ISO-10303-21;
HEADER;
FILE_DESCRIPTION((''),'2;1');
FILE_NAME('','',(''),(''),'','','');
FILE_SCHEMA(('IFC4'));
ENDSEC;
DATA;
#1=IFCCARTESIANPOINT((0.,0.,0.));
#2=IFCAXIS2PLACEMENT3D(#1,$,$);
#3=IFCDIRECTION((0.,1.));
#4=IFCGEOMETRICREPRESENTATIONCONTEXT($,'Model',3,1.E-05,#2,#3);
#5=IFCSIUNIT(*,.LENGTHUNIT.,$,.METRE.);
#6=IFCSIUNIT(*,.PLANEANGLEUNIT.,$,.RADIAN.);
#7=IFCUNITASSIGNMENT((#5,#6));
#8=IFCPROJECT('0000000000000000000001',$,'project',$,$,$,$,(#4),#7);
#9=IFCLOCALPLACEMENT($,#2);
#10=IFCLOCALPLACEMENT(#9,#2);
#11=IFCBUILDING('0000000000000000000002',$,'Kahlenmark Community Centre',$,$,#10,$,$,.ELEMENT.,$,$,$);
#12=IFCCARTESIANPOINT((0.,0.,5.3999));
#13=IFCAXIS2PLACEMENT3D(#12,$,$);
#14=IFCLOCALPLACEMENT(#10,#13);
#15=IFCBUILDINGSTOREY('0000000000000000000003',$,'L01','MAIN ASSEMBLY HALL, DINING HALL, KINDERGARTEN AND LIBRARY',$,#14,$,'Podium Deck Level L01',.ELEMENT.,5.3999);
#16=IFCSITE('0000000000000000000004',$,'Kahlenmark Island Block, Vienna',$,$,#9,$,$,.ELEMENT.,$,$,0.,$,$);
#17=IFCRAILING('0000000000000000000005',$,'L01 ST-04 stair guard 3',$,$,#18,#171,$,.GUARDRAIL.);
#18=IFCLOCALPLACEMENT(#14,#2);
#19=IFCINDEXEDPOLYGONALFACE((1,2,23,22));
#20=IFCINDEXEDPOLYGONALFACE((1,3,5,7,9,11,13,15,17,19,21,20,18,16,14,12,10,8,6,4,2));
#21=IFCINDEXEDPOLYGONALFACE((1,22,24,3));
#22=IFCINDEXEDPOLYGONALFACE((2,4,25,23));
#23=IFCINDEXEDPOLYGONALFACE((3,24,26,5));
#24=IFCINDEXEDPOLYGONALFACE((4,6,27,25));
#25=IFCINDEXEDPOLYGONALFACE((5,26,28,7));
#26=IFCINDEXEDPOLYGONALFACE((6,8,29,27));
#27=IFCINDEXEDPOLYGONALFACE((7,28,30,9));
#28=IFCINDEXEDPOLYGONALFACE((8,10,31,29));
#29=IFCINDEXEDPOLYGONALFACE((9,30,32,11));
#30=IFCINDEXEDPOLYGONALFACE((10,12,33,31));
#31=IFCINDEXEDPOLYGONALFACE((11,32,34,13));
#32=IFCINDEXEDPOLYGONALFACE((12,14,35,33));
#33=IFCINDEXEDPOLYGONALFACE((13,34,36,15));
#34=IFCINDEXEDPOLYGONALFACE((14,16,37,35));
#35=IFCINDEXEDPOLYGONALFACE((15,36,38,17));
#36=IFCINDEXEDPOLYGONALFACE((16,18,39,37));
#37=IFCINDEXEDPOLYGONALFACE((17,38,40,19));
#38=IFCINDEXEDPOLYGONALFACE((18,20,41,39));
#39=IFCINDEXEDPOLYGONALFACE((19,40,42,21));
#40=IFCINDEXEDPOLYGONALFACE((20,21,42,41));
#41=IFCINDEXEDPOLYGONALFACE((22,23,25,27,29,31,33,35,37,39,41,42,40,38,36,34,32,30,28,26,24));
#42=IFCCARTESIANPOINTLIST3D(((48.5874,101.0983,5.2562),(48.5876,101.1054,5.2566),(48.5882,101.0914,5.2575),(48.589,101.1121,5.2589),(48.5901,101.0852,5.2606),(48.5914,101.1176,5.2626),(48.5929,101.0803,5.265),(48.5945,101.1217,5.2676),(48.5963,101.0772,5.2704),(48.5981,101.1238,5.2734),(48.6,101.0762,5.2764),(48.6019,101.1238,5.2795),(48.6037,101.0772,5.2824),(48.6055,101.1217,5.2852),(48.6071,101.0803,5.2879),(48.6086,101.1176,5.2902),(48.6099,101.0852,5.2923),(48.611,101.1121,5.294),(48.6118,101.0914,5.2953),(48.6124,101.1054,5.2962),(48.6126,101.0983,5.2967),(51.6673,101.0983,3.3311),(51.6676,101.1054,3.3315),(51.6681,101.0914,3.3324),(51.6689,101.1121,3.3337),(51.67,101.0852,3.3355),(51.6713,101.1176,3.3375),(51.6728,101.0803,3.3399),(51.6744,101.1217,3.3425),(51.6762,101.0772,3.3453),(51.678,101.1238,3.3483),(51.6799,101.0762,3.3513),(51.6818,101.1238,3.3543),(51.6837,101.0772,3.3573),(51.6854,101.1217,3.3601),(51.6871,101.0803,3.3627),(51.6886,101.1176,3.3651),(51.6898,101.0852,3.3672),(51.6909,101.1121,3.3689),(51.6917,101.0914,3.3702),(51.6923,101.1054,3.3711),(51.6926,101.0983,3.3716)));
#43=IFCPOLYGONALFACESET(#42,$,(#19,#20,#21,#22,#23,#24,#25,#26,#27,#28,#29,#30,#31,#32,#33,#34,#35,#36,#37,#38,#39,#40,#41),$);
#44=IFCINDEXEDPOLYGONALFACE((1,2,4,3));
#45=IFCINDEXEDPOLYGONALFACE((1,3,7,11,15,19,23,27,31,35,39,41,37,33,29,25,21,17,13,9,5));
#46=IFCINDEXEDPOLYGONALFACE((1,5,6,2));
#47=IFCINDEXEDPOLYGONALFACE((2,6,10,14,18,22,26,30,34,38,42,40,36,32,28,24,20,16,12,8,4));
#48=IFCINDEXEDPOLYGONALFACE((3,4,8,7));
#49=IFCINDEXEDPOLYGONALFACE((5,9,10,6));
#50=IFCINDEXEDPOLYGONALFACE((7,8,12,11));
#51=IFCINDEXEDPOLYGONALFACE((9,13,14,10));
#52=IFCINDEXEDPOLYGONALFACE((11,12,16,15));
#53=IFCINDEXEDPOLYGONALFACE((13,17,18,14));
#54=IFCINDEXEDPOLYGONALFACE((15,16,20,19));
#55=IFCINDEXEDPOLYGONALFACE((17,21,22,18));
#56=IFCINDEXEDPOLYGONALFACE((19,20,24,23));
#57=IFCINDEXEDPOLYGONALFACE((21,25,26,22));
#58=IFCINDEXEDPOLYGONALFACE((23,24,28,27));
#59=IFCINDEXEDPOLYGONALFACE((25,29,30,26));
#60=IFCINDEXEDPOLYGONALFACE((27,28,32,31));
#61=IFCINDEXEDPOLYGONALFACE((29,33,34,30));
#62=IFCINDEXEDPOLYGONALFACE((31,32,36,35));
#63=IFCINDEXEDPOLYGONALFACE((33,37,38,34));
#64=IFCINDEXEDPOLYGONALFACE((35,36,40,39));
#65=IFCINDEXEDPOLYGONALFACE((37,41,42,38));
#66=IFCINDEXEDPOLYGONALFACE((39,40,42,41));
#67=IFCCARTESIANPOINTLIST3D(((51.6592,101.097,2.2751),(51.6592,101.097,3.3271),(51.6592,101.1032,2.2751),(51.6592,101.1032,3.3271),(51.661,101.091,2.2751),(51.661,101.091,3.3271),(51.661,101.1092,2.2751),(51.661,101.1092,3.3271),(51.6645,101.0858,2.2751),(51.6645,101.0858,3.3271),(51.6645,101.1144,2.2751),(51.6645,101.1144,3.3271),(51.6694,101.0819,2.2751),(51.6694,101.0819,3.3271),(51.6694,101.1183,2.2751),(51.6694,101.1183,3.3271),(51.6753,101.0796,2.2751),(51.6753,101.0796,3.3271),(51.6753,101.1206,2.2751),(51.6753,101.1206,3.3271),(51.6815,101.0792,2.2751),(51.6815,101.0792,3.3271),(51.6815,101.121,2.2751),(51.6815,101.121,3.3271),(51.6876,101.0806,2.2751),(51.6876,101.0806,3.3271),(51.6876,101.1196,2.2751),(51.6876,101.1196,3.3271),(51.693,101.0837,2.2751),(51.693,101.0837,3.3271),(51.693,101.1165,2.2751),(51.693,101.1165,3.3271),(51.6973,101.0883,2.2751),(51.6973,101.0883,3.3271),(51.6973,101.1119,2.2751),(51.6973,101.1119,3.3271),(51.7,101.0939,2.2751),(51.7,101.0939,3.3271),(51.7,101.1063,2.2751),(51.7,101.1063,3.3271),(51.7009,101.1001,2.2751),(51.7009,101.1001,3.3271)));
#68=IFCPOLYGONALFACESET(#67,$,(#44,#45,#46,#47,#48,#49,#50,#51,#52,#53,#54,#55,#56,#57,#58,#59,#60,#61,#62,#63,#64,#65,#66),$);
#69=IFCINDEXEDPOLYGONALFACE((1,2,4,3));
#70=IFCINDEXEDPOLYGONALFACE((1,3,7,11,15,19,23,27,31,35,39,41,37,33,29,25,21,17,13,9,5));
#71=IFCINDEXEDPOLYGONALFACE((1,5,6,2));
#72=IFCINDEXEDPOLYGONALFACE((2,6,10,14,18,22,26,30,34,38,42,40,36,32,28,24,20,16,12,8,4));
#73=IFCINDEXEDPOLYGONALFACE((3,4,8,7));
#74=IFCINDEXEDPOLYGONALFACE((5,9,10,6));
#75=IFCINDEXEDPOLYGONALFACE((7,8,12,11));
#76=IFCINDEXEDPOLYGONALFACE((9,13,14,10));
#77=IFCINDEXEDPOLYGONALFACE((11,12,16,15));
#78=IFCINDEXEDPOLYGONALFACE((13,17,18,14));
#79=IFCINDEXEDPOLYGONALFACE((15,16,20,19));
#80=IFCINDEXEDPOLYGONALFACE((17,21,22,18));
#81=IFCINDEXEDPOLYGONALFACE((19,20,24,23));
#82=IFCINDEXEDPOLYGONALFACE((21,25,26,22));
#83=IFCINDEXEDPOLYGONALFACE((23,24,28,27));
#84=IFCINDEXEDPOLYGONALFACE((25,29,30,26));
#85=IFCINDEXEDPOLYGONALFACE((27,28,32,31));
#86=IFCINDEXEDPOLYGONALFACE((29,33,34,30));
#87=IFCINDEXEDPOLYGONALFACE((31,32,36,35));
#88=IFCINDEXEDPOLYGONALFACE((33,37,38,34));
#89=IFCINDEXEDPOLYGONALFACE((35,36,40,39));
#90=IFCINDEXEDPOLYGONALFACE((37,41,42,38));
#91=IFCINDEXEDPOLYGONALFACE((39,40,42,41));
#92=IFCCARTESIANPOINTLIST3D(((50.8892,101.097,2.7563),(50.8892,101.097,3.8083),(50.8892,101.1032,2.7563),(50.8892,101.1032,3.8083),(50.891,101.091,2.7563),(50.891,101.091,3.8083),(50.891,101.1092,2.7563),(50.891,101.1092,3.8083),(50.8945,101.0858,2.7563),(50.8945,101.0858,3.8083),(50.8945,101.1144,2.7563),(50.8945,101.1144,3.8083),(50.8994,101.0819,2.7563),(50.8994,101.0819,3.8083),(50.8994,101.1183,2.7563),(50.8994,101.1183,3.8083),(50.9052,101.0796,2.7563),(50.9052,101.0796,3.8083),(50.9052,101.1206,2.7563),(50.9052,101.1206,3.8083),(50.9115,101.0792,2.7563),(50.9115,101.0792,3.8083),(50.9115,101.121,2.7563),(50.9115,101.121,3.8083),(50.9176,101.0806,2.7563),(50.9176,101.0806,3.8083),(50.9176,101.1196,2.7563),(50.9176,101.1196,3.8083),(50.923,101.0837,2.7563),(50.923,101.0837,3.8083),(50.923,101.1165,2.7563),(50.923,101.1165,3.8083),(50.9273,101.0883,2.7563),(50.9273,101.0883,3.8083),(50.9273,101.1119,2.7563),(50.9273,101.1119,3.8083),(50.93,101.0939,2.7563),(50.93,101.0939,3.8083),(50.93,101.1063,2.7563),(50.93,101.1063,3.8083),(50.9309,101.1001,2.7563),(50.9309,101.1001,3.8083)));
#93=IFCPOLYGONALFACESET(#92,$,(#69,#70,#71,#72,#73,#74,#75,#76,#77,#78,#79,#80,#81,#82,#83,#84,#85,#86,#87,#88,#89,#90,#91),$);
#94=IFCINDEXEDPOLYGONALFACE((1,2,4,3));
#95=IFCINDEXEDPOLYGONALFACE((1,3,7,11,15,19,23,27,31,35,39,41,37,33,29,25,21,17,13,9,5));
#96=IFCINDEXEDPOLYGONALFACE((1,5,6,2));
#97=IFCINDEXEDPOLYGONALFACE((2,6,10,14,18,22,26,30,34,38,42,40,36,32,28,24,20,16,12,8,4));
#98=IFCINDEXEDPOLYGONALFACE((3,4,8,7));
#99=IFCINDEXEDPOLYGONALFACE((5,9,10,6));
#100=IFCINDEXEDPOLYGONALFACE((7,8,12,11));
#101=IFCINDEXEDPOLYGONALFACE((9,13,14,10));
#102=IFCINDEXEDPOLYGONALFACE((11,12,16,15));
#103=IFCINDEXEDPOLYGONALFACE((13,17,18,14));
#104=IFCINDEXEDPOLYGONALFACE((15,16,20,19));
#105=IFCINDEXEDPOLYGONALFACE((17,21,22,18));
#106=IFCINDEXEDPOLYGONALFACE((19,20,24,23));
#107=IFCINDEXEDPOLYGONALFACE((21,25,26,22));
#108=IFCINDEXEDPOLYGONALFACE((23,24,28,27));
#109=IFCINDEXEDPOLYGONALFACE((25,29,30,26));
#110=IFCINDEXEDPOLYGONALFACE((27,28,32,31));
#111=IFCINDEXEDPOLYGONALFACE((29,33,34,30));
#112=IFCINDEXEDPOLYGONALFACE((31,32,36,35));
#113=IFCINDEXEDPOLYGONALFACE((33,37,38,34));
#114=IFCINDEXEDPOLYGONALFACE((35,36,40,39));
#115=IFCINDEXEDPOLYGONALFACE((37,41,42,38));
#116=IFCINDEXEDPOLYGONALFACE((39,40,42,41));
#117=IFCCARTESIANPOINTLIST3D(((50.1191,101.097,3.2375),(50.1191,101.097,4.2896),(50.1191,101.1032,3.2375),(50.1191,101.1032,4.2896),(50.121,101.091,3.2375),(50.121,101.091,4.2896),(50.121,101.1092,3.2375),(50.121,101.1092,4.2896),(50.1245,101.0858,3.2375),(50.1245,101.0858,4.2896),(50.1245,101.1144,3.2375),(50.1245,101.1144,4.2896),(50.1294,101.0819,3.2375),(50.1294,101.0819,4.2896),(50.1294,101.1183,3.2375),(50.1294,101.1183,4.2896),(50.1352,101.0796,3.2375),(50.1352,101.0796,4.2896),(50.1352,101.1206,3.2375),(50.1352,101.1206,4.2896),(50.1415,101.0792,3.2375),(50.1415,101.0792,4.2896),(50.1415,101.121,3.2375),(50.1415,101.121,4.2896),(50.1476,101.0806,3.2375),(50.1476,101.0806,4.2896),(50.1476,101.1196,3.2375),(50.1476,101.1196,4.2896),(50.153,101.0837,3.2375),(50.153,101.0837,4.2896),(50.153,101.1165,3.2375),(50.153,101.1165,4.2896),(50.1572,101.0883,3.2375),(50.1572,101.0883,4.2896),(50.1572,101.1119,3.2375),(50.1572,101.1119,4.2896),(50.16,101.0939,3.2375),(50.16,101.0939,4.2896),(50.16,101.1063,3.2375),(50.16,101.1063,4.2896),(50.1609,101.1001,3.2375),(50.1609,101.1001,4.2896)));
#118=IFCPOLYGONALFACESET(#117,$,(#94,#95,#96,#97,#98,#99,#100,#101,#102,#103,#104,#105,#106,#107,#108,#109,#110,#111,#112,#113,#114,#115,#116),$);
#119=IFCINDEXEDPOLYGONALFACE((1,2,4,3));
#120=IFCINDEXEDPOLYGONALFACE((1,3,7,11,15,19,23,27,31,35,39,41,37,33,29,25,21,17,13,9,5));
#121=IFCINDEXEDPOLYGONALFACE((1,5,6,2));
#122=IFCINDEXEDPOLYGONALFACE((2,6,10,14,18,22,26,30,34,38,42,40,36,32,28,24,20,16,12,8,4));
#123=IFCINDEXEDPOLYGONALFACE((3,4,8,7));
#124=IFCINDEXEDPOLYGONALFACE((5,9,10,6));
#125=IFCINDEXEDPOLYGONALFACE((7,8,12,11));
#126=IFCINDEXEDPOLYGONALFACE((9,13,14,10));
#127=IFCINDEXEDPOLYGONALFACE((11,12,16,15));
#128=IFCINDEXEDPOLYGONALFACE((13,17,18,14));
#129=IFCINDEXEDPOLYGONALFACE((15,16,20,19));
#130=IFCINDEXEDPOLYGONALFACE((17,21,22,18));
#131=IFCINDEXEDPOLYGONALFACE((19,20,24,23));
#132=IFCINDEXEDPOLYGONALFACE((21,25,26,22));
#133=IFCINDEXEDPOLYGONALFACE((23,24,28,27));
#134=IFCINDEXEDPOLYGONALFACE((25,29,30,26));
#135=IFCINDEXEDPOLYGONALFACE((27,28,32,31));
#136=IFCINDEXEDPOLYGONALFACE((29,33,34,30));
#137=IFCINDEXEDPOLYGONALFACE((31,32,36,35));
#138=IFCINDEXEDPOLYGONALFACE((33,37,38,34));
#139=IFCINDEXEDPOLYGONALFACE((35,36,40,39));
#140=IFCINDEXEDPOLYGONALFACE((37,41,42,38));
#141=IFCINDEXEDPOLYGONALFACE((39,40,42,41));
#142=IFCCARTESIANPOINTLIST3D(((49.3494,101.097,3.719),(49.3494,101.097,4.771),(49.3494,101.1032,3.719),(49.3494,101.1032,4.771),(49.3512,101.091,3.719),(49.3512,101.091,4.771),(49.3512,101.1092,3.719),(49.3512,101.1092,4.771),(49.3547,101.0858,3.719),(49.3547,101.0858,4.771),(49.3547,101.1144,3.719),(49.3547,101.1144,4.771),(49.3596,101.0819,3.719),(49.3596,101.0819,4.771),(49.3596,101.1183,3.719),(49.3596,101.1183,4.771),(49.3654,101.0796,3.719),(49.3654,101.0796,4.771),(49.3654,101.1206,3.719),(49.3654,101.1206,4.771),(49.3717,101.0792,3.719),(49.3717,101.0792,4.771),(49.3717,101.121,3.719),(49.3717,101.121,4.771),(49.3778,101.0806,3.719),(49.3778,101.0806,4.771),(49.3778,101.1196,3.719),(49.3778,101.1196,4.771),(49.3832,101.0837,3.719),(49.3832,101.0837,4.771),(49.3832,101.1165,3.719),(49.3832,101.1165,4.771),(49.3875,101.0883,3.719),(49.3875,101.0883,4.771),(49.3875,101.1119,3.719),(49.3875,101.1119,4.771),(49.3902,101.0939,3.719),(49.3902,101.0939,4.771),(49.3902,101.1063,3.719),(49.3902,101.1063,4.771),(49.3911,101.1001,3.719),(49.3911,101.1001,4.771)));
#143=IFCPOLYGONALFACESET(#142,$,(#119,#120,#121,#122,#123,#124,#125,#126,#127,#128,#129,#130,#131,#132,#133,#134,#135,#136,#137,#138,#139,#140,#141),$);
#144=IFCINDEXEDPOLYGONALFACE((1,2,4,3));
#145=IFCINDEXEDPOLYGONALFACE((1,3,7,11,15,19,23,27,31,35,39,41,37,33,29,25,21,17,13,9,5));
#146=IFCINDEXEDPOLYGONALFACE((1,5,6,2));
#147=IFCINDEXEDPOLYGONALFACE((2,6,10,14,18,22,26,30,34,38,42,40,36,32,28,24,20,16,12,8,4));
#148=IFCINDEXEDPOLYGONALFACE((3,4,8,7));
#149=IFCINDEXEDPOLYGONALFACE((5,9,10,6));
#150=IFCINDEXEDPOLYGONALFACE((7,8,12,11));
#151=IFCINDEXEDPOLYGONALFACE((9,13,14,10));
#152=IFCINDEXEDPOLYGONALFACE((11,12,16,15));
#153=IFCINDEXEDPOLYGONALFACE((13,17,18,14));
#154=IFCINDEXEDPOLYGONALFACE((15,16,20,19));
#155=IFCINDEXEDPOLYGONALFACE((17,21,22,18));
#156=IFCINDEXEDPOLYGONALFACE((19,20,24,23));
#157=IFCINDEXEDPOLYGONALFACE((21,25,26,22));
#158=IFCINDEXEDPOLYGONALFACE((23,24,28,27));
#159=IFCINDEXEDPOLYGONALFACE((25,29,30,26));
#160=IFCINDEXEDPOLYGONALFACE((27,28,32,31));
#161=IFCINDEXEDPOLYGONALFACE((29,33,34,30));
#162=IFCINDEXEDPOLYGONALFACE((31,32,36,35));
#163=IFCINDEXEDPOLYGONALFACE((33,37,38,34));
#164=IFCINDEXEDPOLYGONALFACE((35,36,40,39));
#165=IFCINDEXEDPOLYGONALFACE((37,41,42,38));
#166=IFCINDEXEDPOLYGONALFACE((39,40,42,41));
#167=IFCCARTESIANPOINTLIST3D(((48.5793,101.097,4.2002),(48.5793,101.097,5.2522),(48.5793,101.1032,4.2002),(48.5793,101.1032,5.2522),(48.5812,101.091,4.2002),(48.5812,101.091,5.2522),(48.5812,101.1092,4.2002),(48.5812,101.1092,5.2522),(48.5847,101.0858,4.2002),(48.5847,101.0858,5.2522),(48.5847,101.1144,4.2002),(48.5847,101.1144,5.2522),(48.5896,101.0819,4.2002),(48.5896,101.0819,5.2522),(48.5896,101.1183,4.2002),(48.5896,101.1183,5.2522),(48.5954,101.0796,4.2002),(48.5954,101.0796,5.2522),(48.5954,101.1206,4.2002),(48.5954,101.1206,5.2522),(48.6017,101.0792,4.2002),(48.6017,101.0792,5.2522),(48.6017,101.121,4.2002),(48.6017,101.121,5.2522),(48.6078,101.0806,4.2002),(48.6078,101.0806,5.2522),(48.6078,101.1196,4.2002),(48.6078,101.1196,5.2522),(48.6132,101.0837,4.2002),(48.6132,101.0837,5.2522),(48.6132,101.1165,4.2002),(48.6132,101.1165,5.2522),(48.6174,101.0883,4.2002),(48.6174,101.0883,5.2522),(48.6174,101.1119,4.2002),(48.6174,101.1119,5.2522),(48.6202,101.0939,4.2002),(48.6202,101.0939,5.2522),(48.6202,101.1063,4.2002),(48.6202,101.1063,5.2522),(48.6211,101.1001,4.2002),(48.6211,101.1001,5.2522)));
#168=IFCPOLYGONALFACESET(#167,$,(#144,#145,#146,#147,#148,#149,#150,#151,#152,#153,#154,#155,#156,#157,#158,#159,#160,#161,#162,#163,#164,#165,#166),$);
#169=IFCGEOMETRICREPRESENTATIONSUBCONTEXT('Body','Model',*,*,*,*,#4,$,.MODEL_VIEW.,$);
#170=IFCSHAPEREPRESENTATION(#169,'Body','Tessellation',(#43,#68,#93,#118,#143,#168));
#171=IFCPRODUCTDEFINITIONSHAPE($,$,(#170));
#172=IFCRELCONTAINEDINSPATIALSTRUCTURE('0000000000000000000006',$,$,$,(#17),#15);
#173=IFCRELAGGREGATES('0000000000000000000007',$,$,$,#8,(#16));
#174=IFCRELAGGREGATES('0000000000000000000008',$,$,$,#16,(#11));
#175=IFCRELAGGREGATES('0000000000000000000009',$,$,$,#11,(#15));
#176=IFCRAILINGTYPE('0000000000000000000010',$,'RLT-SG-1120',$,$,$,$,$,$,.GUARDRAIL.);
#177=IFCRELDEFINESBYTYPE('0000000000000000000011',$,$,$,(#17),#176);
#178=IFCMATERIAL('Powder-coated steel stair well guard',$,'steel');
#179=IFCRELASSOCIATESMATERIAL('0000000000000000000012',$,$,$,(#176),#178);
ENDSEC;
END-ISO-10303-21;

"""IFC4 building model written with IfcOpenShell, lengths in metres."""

from ifc_helpers import new_model, si_unit, direction, frame, origin, origin_2d, place, context, subcontext, project, spatial, circle, extrude, material, type_object, element, save


model = new_model("IFC4")

# Units and contexts
model_context = context("Model", 3, precision=1e-05, world=origin(), true_north=direction((0.0, 1.0)))
body_context = subcontext(model_context, "Body", "Model", "MODEL_VIEW")
ifc_project = project(units=[si_unit("LENGTHUNIT", "METRE"), si_unit("PLANEANGLEUNIT", "RADIAN")], contexts=[model_context])

# Site, building, storey
site_placement = place(None, origin())
site = spatial("IfcSite", under=ifc_project, at=site_placement, Name="Kahlenmark Island Block, Vienna", CompositionType="ELEMENT", RefElevation=0.0)
building_placement = place(site_placement, origin())
building = spatial("IfcBuilding", under=site, at=building_placement, Name="Kahlenmark Community Centre", CompositionType="ELEMENT")
storey_placement = place(building_placement, frame((0.0, 0.0, 5.3999)))
storey = spatial("IfcBuildingStorey", under=building, at=storey_placement, Name="L01", Description="MAIN ASSEMBLY HALL, DINING HALL, KINDERGARTEN AND LIBRARY", LongName="Podium Deck Level L01", CompositionType="ELEMENT", Elevation=5.3999)

# Railing
ifc_material_1 = material(Name="Powder-coated steel stair well guard", Category="steel")
railing_type_1 = type_object("IfcRailingType", Name="RLT-SG-1120", PredefinedType="GUARDRAIL", material=ifc_material_1)
railing_1_placement = place(storey_placement, frame((51.6799, 101.1001, 2.2751)))
element("IfcRailing", 1, at=railing_1_placement, inside=storey, type_object=railing_type_1, Name="L01 ST-04 stair guard 3", PredefinedType="GUARDRAIL", context=body_context, shape_type="SweptSolid", body=[
    extrude(circle(Radius=0.0239, at=origin_2d()), frame((0.0, 0.0, 1.0762), z_axis=(-0.847979, 0.0, 0.530029), x_axis=(0.0, -1.0, 0.0)), (0.0, 0.0, 1.0), 3.6321),
    extrude(circle(Radius=0.021, at=origin_2d()), origin(), (0.0, 0.0, 1.0), 1.052),
    extrude(circle(Radius=0.021, at=origin_2d()), frame((-0.77, 0.0, 0.4812)), (0.0, 0.0, 1.0), 1.052),
    extrude(circle(Radius=0.021, at=origin_2d()), frame((-1.54, 0.0, 0.9624)), (0.0, 0.0, 1.0), 1.052),
    extrude(circle(Radius=0.021, at=origin_2d()), frame((-2.3098, 0.0, 1.4438)), (0.0, 0.0, 1.0), 1.052),
    extrude(circle(Radius=0.021, at=origin_2d()), frame((-3.0798, 0.0, 1.925)), (0.0, 0.0, 1.0), 1.052),
])

save(model, "model.ifc")
